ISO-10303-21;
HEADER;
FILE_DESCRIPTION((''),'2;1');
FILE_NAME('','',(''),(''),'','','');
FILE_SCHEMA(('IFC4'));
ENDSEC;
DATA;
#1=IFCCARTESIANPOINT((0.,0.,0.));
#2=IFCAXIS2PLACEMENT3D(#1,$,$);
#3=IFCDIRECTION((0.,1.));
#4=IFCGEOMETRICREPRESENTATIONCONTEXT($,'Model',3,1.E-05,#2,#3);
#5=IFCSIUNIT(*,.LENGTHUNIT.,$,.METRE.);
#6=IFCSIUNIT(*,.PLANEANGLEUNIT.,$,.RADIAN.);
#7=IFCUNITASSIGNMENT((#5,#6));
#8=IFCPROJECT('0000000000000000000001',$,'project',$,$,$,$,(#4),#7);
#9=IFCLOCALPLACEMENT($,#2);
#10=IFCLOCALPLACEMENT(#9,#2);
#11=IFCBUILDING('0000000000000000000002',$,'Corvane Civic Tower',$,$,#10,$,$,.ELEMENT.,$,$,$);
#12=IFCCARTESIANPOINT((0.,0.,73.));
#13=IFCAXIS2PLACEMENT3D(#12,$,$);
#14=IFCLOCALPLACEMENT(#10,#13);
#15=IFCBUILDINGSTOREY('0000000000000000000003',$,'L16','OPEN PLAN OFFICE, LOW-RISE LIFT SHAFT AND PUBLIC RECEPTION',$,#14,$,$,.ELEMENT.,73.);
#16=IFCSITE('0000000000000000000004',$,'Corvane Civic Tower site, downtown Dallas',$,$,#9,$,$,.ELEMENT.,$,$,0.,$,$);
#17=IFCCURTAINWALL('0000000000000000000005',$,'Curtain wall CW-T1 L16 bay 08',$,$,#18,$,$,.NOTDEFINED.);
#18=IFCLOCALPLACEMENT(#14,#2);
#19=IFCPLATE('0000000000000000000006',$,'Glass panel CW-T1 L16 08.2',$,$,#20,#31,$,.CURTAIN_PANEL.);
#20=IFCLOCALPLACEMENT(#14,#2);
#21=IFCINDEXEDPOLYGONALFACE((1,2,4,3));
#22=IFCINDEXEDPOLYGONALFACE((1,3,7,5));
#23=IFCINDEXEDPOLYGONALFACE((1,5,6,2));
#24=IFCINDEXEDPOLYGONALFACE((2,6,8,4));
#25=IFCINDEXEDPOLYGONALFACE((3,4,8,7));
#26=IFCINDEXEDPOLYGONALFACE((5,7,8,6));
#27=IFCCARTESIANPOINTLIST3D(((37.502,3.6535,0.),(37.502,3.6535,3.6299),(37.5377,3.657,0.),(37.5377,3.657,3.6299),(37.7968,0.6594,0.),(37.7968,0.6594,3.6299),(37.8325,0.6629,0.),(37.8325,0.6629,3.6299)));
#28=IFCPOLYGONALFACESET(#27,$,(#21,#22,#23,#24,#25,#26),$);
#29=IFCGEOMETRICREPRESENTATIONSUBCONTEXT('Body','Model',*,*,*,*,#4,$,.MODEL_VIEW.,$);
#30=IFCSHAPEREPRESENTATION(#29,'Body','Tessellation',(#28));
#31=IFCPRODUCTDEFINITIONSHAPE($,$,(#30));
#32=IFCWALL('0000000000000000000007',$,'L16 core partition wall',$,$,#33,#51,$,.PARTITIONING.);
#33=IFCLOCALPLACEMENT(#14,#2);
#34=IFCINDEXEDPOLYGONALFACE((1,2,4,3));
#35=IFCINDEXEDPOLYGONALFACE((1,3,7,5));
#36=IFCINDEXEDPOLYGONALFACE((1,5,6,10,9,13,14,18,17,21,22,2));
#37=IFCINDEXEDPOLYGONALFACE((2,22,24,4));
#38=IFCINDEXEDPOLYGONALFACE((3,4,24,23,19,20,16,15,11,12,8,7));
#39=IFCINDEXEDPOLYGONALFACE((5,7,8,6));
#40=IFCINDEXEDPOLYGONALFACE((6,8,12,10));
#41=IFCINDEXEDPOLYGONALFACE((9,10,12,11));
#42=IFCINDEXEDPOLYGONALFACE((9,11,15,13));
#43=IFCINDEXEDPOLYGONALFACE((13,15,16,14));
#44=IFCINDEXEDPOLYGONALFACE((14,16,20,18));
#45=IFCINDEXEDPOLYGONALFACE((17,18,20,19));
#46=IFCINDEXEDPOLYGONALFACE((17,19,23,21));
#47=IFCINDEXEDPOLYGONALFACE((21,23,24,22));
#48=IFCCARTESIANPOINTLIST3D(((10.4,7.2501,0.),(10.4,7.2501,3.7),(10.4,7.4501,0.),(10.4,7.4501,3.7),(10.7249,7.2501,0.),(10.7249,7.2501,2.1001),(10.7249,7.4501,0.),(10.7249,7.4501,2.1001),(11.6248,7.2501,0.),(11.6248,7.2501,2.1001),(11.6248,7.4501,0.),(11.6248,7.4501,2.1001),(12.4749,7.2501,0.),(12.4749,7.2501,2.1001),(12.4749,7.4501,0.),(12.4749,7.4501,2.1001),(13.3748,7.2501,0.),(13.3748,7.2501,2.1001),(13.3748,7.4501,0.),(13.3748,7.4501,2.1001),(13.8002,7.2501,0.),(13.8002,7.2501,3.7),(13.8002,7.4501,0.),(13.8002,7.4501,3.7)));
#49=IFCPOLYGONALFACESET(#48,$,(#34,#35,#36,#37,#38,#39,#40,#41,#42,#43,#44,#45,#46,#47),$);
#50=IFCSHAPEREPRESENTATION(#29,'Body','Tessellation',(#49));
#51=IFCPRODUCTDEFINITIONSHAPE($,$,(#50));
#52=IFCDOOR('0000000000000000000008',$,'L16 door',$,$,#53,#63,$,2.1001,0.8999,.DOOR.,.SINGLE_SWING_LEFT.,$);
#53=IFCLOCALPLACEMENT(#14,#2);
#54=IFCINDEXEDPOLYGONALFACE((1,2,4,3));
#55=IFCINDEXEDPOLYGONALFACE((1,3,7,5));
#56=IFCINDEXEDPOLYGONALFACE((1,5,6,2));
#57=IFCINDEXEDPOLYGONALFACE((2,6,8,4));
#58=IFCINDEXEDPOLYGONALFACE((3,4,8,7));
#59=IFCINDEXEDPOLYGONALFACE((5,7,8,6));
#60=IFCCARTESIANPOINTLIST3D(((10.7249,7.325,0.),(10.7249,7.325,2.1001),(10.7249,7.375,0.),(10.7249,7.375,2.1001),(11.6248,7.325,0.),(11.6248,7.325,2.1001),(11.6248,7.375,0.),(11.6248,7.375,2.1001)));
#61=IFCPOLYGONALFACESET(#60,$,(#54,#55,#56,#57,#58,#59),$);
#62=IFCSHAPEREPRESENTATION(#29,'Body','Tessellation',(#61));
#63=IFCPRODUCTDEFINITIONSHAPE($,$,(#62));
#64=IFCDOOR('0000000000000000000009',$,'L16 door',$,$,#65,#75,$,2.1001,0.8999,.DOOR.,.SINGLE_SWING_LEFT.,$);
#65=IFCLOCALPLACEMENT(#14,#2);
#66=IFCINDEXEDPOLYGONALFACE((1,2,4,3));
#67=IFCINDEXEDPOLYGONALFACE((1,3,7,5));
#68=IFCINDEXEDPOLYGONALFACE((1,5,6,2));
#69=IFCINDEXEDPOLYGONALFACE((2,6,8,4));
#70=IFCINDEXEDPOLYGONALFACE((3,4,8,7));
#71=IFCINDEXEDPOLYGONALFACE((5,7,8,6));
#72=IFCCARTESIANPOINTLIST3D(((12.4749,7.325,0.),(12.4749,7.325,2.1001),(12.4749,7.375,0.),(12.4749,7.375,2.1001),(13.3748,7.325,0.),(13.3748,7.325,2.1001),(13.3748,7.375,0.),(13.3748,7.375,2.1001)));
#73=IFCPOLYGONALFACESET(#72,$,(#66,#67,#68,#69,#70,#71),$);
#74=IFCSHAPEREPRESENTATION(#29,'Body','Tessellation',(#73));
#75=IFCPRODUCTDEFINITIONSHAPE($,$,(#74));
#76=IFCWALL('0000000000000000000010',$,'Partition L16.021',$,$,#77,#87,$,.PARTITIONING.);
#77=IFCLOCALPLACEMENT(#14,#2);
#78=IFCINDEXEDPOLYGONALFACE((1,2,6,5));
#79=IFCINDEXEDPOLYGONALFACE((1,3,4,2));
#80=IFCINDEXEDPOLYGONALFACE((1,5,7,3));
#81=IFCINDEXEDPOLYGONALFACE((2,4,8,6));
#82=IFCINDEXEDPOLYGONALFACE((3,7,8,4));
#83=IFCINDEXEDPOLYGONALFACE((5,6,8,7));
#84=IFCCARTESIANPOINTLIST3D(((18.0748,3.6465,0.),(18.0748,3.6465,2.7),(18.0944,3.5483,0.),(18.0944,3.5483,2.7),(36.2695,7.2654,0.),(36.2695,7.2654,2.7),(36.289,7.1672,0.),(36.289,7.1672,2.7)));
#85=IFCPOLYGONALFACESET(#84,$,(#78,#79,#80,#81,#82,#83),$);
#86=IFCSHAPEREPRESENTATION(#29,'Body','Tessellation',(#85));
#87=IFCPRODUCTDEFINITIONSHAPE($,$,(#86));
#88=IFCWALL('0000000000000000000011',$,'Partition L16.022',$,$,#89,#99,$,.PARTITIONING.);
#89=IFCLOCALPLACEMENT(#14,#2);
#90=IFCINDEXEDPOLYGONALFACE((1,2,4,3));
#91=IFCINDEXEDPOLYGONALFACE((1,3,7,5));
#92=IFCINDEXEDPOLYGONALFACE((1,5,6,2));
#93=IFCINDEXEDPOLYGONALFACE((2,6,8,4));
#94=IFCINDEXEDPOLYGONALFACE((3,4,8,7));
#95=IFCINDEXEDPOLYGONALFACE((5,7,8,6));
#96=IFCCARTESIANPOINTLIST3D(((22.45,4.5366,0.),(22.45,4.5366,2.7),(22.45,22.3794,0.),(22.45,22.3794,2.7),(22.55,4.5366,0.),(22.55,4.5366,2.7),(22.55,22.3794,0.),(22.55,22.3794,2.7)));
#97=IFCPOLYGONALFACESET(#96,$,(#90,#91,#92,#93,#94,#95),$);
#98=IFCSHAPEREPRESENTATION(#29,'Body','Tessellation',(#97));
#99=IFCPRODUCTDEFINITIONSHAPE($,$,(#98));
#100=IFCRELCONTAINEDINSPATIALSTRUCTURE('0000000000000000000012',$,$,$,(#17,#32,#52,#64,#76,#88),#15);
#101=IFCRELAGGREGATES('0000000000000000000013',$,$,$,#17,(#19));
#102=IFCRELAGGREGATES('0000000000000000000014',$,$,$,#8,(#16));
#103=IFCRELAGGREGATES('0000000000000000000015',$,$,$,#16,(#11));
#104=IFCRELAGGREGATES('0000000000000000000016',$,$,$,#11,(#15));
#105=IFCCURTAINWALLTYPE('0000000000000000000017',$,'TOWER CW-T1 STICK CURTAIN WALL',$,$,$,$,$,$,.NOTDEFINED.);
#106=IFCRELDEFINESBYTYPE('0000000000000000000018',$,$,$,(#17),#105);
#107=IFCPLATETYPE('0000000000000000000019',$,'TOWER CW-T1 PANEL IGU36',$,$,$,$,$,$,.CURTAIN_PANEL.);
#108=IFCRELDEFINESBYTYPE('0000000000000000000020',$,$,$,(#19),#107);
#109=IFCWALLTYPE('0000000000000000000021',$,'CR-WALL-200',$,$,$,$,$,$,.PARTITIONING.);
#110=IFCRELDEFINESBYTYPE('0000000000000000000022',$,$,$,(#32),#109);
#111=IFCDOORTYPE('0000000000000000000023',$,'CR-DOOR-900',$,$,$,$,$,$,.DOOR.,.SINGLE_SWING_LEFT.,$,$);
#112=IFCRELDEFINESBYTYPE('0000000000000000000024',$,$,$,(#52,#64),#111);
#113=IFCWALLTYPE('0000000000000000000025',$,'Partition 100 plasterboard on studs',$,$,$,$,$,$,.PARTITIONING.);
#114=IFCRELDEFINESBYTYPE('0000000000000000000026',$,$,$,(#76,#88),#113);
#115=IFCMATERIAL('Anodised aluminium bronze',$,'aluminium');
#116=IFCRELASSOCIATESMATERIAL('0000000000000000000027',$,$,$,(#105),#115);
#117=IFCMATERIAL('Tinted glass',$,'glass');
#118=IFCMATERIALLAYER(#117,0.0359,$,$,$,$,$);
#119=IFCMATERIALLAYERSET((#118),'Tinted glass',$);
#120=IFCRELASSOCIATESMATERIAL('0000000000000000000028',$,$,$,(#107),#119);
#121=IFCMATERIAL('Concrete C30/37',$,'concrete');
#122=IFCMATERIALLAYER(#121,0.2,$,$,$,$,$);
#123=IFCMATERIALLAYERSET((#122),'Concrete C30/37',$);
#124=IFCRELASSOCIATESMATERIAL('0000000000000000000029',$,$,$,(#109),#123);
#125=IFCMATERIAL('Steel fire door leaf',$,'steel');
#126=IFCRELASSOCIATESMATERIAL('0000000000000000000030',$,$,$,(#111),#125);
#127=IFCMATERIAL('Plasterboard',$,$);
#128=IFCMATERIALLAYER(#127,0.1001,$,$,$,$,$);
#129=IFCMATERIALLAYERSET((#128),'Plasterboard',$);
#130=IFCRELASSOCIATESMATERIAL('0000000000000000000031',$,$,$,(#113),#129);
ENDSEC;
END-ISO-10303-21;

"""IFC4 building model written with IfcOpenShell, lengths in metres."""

from ifc_helpers import new_model, si_unit, direction, frame, frame_2d, origin, origin_2d, place, context, subcontext, project, spatial, rectangle, extrude, material, layer, layer_set, type_object, element, fill, aggregate, save


model = new_model("IFC4")

# Units and contexts
model_context = context("Model", 3, precision=1e-05, world=origin(), true_north=direction((0.0, 1.0)))
body_context = subcontext(model_context, "Body", "Model", "MODEL_VIEW")
ifc_project = project(units=[si_unit("LENGTHUNIT", "METRE"), si_unit("PLANEANGLEUNIT", "RADIAN")], contexts=[model_context])

# Site, building, storey
site_placement = place(None, origin())
site = spatial("IfcSite", under=ifc_project, at=site_placement, Name="Corvane Civic Tower site, downtown Dallas", CompositionType="ELEMENT", RefElevation=0.0)
building_placement = place(site_placement, origin())
building = spatial("IfcBuilding", under=site, at=building_placement, Name="Corvane Civic Tower", CompositionType="ELEMENT")
storey_placement = place(building_placement, frame((0.0, 0.0, 73.0)))
storey = spatial("IfcBuildingStorey", under=building, at=storey_placement, Name="L16", Description="OPEN PLAN OFFICE, LOW-RISE LIFT SHAFT AND PUBLIC RECEPTION", CompositionType="ELEMENT", Elevation=73.0)

# Curtain wall
ifc_material_1 = material(Name="Anodised aluminium bronze", Category="aluminium")
curtain_wall_type = type_object("IfcCurtainWallType", Name="TOWER CW-T1 STICK CURTAIN WALL", PredefinedType="NOTDEFINED", material=ifc_material_1)
curtain_wall_1_placement = place(storey_placement, origin())
curtain_wall_1 = element("IfcCurtainWall", 1, at=curtain_wall_1_placement, inside=storey, type_object=curtain_wall_type, Name="Curtain wall CW-T1 L16 bay 08", PredefinedType="NOTDEFINED")

# Plate
ifc_material_2 = material(Name="Tinted glass", Category="glass")
ifc_layer_1 = layer(ifc_material_2, 0.0359)
ifc_layer_set_1 = layer_set([ifc_layer_1], Name="Tinted glass")
plate_type = type_object("IfcPlateType", Name="TOWER CW-T1 PANEL IGU36", PredefinedType="CURTAIN_PANEL", material=ifc_layer_set_1)
plate_1_placement = place(storey_placement, frame((37.6672, 2.1582, 0.0), z_axis=(0.0, 0.0, 1.0), x_axis=(0.098006, -0.995186, 0.0)))
plate_1 = element("IfcPlate", 2, at=plate_1_placement, type_object=plate_type, Name="Glass panel CW-T1 L16 08.2", PredefinedType="CURTAIN_PANEL", context=body_context, shape_type="SweptSolid", body=[
    extrude(rectangle(XDim=3.0085, YDim=0.0359, at=origin_2d()), origin(), (0.0, 0.0, 1.0), 3.6299),
])
aggregate(curtain_wall_1, [plate_1])

# Wall, openings, doors
ifc_material_3 = material(Name="Concrete C30/37", Category="concrete")
ifc_layer_2 = layer(ifc_material_3, 0.2)
ifc_layer_set_2 = layer_set([ifc_layer_2], Name="Concrete C30/37")
wall_type_1 = type_object("IfcWallType", Name="CR-WALL-200", PredefinedType="PARTITIONING", material=ifc_layer_set_2)
wall_1_placement = place(storey_placement, frame((10.3999, 7.3501, 0.0), z_axis=(0.0, 0.0, 1.0), x_axis=(1.0, 0.0, 0.0)))
wall_1 = element("IfcWall", 3, at=wall_1_placement, inside=storey, type_object=wall_type_1, Name="L16 core partition wall", PredefinedType="PARTITIONING", context=body_context, shape_type="SweptSolid", body=[
    extrude(rectangle(XDim=3.4001, YDim=0.2, at=frame_2d((1.7002, 0.0))), origin(), (0.0, 0.0, 1.0), 3.7),
])
opening_1_placement = place(wall_1_placement, frame((0.325, 0.0, 0.0)))
opening_1 = element("IfcOpeningElement", 4, at=opening_1_placement, cuts=wall_1, PredefinedType="OPENING", context=body_context, shape_type="SweptSolid", body=[
    extrude(rectangle(XDim=0.8999, YDim=2.1001, at=frame_2d((0.45, 1.05))), frame((0.0, 0.1099, 0.0), z_axis=(0.0, -1.0, 0.0), x_axis=(1.0, 0.0, 0.0)), (0.0, 0.0, 1.0), 0.22),
])
opening_2_placement = place(wall_1_placement, frame((2.075, 0.0, 0.0)))
opening_2 = element("IfcOpeningElement", 5, at=opening_2_placement, cuts=wall_1, PredefinedType="OPENING", context=body_context, shape_type="SweptSolid", body=[
    extrude(rectangle(XDim=0.8999, YDim=2.1001, at=frame_2d((0.45, 1.05))), frame((0.0, 0.1099, 0.0), z_axis=(0.0, -1.0, 0.0), x_axis=(1.0, 0.0, 0.0)), (0.0, 0.0, 1.0), 0.22),
])
ifc_material_4 = material(Name="Steel fire door leaf", Category="steel")
door_type = type_object("IfcDoorType", Name="CR-DOOR-900", OperationType="SINGLE_SWING_LEFT", PredefinedType="DOOR", material=ifc_material_4)
door_1_placement = place(opening_1_placement, origin())
door_1 = element("IfcDoor", 6, at=door_1_placement, inside=storey, type_object=door_type, Name="L16 door", OperationType="SINGLE_SWING_LEFT", OverallHeight=2.1001, OverallWidth=0.8999, PredefinedType="DOOR", context=body_context, shape_type="SweptSolid", body=[
    extrude(rectangle(XDim=0.8999, YDim=2.1001, at=frame_2d((0.45, 1.05))), frame((0.0, 0.0249, 0.0), z_axis=(0.0, -1.0, 0.0), x_axis=(1.0, 0.0, 0.0)), (0.0, 0.0, 1.0), 0.05),
])
fill(opening_1, door_1)
door_2_placement = place(opening_2_placement, origin())
door_2 = element("IfcDoor", 7, at=door_2_placement, inside=storey, type_object=door_type, Name="L16 door", OperationType="SINGLE_SWING_LEFT", OverallHeight=2.1001, OverallWidth=0.8999, PredefinedType="DOOR", context=body_context, shape_type="SweptSolid", body=[
    extrude(rectangle(XDim=0.8999, YDim=2.1001, at=frame_2d((0.45, 1.05))), frame((0.0, 0.0249, 0.0), z_axis=(0.0, -1.0, 0.0), x_axis=(1.0, 0.0, 0.0)), (0.0, 0.0, 1.0), 0.05),
])
fill(opening_2, door_2)

# Walls
ifc_material_5 = material(Name="Plasterboard")
ifc_layer_3 = layer(ifc_material_5, 0.1001)
ifc_layer_set_3 = layer_set([ifc_layer_3], Name="Plasterboard")
wall_type_2 = type_object("IfcWallType", Name="Partition 100 plasterboard on studs", PredefinedType="PARTITIONING", material=ifc_layer_set_3)
wall_2_placement = place(storey_placement, frame((18.0847, 3.5974, 0.0), z_axis=(0.0, 0.0, 1.0), x_axis=(0.980788, 0.195078, 0.0)))
element("IfcWall", 8, at=wall_2_placement, inside=storey, type_object=wall_type_2, Name="Partition L16.021", PredefinedType="PARTITIONING", context=body_context, shape_type="SweptSolid", body=[
    extrude(rectangle(XDim=18.551, YDim=0.1001, at=frame_2d((9.2754, 0.0))), origin(), (0.0, 0.0, 1.0), 2.7),
])
wall_3_placement = place(storey_placement, frame((22.5, 4.5366, 0.0), z_axis=(0.0, 0.0, 1.0), x_axis=(0.0, 1.0, 0.0)))
element("IfcWall", 9, at=wall_3_placement, inside=storey, type_object=wall_type_2, Name="Partition L16.022", PredefinedType="PARTITIONING", context=body_context, shape_type="SweptSolid", body=[
    extrude(rectangle(XDim=17.8428, YDim=0.1001, at=frame_2d((8.9214, 0.0))), origin(), (0.0, 0.0, 1.0), 2.7),
])

save(model, "model.ifc")
